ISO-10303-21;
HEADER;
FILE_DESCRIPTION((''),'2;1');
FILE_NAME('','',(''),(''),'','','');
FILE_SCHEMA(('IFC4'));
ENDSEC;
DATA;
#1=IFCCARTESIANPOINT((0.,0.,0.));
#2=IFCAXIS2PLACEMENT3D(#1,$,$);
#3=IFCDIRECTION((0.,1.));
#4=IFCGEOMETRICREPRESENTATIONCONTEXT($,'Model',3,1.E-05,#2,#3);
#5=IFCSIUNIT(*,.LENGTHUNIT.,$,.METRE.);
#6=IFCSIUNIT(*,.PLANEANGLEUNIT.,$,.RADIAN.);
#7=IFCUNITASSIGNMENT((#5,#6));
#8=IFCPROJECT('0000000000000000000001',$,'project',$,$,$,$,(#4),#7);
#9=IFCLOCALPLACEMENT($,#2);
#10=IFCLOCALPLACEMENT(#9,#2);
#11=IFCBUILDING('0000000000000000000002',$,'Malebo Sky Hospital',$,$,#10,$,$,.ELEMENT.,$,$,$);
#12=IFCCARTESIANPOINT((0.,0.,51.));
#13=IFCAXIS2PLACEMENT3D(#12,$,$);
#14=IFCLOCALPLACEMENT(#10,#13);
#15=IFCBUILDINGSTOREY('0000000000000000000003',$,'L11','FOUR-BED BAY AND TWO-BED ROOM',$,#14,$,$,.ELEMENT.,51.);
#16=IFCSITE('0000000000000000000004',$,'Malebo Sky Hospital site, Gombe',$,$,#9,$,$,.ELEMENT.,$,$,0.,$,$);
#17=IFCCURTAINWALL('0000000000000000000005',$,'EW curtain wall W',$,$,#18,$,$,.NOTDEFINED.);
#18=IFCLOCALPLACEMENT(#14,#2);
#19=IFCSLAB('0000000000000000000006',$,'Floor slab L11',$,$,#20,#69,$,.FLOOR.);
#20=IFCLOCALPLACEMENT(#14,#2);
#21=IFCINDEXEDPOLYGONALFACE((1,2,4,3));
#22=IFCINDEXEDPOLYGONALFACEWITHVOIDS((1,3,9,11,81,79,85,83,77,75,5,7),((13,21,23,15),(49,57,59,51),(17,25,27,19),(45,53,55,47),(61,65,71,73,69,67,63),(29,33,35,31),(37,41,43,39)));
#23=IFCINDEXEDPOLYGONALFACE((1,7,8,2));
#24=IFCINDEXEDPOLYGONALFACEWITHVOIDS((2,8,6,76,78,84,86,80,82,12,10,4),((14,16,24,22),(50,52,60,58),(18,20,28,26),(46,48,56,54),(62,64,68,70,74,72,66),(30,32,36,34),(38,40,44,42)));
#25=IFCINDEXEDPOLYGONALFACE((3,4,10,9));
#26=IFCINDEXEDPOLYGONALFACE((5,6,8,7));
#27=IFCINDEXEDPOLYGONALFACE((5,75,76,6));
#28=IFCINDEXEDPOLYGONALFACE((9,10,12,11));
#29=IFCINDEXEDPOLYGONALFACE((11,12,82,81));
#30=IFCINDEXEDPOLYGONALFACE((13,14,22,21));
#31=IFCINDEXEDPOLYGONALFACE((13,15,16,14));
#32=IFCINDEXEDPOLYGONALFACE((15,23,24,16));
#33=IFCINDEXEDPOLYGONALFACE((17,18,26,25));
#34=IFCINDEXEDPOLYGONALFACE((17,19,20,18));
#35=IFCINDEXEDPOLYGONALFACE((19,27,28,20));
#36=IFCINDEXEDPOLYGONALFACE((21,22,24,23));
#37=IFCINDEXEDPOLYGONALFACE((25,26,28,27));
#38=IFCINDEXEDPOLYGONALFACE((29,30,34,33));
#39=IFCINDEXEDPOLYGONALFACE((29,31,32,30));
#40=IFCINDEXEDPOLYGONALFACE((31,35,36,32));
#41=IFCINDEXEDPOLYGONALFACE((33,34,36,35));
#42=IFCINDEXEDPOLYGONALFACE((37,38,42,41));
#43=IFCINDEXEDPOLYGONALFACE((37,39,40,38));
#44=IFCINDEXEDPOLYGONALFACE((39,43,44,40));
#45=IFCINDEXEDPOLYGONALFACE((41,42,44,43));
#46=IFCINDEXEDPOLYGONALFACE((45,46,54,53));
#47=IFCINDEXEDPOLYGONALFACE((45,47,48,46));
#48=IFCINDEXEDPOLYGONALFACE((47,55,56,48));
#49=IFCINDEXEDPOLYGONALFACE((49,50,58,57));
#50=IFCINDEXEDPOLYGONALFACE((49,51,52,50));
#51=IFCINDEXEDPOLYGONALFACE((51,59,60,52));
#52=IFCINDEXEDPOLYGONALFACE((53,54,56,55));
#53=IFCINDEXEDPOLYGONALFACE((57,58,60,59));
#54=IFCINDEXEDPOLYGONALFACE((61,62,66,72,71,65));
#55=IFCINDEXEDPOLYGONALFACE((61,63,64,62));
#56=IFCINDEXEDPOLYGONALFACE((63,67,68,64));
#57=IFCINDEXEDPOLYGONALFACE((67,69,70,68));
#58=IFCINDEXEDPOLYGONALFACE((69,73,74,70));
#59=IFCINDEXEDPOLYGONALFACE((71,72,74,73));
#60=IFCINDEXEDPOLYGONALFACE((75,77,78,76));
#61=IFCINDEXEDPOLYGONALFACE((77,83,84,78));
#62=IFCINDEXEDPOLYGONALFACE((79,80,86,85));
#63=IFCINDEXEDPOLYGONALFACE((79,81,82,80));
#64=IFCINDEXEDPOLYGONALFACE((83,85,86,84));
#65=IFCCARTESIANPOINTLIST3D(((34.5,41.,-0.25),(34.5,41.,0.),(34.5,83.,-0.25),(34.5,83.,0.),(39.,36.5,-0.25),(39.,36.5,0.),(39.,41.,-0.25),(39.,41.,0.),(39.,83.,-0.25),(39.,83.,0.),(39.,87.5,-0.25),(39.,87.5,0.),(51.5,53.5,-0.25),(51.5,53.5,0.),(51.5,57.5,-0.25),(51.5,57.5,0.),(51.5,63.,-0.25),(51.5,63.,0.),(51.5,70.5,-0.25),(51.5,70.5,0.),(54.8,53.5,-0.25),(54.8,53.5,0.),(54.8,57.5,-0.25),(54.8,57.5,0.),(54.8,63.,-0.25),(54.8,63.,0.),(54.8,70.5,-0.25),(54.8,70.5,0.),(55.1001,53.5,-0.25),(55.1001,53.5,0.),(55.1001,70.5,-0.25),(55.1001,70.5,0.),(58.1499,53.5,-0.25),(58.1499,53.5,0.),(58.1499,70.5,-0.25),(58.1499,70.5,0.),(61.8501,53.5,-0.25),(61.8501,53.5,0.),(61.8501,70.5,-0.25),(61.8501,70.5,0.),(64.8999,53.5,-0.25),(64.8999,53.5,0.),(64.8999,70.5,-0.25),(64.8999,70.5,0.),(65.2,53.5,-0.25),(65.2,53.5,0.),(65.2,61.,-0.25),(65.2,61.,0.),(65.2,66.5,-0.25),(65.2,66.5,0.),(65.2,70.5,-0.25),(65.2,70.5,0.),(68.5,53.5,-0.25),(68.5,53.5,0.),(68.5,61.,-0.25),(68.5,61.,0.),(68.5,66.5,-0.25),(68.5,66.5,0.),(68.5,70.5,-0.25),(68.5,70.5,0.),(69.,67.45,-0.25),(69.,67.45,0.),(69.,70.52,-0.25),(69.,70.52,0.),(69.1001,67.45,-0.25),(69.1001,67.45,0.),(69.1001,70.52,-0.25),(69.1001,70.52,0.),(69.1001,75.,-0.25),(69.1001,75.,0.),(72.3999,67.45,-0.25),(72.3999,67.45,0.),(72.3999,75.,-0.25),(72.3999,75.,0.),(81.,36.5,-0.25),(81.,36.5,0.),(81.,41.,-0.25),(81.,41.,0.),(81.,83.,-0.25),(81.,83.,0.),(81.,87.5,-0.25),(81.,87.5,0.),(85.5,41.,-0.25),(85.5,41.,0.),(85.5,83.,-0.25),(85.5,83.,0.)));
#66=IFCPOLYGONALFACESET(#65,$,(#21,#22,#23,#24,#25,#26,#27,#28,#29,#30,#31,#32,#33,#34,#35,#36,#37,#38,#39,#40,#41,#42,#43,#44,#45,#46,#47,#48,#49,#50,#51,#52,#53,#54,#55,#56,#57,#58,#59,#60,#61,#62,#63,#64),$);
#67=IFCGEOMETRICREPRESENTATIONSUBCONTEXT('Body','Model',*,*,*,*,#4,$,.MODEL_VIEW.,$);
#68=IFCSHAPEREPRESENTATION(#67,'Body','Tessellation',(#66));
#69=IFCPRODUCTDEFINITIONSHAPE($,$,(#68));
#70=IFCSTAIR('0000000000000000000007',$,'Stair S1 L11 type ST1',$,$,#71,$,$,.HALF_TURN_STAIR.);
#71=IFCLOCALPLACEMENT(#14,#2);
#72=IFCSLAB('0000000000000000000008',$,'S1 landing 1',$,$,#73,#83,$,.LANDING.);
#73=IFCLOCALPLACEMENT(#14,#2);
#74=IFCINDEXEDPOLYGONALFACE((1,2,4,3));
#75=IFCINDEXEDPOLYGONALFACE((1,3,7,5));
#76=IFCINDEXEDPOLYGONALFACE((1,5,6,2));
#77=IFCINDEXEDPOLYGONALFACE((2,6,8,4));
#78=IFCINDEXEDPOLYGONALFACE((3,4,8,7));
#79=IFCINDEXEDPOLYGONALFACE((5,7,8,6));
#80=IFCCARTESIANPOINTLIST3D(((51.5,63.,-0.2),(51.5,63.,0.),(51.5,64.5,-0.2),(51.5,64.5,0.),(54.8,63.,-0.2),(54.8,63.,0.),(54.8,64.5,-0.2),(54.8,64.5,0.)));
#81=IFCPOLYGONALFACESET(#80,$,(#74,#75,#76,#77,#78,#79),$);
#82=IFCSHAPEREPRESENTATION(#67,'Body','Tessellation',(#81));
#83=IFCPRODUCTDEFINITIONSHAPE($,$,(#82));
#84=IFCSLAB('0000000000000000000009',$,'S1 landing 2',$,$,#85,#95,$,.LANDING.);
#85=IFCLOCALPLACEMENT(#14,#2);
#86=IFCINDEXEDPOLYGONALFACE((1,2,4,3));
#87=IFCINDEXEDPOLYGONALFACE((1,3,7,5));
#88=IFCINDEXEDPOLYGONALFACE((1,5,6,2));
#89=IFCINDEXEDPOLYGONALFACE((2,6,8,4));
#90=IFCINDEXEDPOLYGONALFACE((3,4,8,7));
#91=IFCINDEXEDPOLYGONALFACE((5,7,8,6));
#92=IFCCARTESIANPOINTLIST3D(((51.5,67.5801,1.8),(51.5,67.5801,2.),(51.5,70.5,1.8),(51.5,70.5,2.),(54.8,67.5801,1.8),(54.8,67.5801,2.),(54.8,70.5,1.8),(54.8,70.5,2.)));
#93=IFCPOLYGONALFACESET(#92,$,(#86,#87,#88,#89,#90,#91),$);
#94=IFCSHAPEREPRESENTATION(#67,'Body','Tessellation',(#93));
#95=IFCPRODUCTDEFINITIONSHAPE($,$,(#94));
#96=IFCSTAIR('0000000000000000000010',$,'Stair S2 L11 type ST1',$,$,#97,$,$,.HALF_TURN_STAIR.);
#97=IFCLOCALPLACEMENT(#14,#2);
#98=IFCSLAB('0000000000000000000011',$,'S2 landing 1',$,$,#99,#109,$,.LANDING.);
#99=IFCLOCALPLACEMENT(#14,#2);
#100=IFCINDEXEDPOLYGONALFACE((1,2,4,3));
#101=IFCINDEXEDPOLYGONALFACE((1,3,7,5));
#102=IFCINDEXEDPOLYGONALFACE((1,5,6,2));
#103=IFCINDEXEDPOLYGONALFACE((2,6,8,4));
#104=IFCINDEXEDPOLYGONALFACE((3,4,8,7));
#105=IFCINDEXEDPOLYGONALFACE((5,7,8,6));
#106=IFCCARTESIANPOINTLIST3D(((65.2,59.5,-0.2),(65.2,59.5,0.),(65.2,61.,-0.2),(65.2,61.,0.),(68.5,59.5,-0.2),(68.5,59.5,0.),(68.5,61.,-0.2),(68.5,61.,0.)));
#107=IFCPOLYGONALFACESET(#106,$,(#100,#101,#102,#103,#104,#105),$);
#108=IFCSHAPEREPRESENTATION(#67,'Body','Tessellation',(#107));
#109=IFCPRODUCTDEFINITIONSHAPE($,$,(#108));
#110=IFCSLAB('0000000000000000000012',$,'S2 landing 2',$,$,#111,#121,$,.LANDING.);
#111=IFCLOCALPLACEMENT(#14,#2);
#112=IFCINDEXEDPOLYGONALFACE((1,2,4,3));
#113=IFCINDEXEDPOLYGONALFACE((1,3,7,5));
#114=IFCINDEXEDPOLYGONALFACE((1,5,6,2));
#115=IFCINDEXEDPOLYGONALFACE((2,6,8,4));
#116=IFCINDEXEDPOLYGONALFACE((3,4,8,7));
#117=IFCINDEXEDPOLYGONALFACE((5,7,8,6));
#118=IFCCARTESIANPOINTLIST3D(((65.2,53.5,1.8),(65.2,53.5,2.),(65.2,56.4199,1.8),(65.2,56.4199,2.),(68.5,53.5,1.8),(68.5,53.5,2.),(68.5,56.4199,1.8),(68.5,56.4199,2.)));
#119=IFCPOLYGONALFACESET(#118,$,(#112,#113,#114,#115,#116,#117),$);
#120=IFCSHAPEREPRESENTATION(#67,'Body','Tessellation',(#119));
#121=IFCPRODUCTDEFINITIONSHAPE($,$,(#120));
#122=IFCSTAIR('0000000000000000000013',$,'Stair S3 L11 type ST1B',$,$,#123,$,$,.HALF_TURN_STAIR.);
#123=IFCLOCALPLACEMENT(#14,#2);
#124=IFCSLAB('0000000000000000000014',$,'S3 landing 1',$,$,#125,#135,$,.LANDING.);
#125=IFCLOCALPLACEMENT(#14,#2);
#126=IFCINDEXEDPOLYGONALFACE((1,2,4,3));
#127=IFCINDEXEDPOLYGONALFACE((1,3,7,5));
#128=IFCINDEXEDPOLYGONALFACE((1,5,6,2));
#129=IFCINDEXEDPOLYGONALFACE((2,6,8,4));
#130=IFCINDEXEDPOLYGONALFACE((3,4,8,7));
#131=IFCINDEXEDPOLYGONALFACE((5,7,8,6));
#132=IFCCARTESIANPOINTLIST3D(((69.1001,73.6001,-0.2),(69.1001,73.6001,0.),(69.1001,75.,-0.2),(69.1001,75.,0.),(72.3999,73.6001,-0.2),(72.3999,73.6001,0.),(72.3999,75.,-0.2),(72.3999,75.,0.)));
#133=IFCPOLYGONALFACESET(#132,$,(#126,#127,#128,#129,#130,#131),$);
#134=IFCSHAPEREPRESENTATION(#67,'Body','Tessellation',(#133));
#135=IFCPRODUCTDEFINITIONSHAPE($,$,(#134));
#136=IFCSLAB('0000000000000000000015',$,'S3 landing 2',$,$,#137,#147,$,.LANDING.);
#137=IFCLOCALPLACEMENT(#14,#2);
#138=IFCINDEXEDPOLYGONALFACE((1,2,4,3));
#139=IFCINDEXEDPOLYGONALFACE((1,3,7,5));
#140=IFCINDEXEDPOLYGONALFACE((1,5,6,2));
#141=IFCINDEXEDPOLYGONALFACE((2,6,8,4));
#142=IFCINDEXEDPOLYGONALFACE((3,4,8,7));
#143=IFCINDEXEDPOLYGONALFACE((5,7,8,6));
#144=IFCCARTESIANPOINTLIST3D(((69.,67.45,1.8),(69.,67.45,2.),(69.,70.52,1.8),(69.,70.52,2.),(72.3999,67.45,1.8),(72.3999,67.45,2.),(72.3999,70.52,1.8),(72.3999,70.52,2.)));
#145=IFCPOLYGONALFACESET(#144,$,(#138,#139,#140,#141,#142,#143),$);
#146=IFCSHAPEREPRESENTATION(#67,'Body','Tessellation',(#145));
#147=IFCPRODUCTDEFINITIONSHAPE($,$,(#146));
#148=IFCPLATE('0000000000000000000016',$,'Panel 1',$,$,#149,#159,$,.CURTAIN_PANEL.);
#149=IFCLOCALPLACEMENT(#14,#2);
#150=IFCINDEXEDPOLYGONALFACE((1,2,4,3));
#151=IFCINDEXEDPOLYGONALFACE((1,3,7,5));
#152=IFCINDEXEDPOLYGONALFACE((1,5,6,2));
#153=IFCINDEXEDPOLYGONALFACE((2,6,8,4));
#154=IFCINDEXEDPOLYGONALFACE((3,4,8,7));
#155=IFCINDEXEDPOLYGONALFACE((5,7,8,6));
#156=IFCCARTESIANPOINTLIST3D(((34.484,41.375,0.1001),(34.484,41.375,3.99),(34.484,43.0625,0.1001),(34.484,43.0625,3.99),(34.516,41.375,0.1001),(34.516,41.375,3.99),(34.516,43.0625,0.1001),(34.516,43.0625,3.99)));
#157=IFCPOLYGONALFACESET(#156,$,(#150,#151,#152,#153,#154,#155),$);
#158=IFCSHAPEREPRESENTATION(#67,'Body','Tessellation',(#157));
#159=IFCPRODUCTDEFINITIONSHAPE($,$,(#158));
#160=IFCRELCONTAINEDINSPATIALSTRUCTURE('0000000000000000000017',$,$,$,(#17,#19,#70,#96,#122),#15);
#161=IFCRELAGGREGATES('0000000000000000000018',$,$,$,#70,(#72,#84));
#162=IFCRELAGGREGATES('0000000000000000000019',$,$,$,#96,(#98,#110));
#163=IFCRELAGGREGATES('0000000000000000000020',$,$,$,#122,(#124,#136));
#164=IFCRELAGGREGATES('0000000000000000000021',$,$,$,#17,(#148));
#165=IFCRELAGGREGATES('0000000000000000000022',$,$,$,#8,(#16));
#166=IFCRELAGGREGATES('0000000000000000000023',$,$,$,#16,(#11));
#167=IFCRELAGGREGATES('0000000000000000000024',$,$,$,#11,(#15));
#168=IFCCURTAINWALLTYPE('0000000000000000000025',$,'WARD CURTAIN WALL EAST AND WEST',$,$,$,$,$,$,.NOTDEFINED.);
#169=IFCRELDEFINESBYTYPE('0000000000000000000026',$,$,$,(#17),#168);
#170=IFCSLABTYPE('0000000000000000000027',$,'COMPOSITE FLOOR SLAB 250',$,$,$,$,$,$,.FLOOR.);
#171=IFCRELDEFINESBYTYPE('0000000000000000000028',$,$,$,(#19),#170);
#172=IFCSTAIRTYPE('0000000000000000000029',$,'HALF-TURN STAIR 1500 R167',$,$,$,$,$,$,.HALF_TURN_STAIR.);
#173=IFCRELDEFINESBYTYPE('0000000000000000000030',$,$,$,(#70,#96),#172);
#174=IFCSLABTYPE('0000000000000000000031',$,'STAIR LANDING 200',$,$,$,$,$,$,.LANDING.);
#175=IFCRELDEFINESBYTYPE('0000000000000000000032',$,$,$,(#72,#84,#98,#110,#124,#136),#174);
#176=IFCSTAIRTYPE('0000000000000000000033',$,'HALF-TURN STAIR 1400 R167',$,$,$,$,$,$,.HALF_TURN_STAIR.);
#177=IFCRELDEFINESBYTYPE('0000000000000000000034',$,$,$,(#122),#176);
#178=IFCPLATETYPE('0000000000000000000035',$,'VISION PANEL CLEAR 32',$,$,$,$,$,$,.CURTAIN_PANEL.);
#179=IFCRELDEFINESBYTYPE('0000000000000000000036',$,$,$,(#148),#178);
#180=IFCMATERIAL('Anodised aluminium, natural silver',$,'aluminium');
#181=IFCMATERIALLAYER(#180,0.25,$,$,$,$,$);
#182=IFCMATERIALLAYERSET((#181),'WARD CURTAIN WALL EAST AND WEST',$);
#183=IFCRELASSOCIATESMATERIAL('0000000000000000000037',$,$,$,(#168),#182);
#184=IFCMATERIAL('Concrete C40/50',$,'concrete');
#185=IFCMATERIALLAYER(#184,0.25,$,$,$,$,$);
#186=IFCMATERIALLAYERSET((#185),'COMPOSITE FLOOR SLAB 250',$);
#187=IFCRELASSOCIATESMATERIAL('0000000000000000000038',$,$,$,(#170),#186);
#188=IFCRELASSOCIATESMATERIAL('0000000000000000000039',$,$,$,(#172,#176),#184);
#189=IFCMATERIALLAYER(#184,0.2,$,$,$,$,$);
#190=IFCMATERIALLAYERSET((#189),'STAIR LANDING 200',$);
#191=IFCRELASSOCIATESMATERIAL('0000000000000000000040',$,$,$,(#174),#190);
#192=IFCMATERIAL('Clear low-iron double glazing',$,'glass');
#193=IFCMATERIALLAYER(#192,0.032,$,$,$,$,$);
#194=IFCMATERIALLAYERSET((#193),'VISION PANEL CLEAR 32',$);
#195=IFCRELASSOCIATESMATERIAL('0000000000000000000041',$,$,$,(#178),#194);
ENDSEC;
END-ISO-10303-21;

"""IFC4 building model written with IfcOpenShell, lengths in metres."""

from ifc_helpers import new_model, si_unit, direction, frame, origin, origin_2d, place, context, subcontext, project, spatial, polyline, rectangle, outline, extrude, material, layer, layer_set, type_object, element, aggregate, save


model = new_model("IFC4")

# Units and contexts
model_context = context("Model", 3, precision=1e-05, world=origin(), true_north=direction((0.0, 1.0)))
body_context = subcontext(model_context, "Body", "Model", "MODEL_VIEW")
ifc_project = project(units=[si_unit("LENGTHUNIT", "METRE"), si_unit("PLANEANGLEUNIT", "RADIAN")], contexts=[model_context])

# Site, building, storey
site_placement = place(None, origin())
site = spatial("IfcSite", under=ifc_project, at=site_placement, Name="Malebo Sky Hospital site, Gombe", CompositionType="ELEMENT", RefElevation=0.0)
building_placement = place(site_placement, origin())
building = spatial("IfcBuilding", under=site, at=building_placement, Name="Malebo Sky Hospital", CompositionType="ELEMENT")
storey_placement = place(building_placement, frame((0.0, 0.0, 51.0)))
storey = spatial("IfcBuildingStorey", under=building, at=storey_placement, Name="L11", Description="FOUR-BED BAY AND TWO-BED ROOM", CompositionType="ELEMENT", Elevation=51.0)

# Curtain wall
ifc_material_1 = material(Name="Anodised aluminium, natural silver", Category="aluminium")
ifc_layer_1 = layer(ifc_material_1, 0.25)
ifc_layer_set_1 = layer_set([ifc_layer_1], Name="WARD CURTAIN WALL EAST AND WEST")
curtain_wall_type = type_object("IfcCurtainWallType", Name="WARD CURTAIN WALL EAST AND WEST", PredefinedType="NOTDEFINED", material=ifc_layer_set_1)
curtain_wall_placement = place(storey_placement, origin())
curtain_wall = element("IfcCurtainWall", 1, at=curtain_wall_placement, inside=storey, type_object=curtain_wall_type, Name="EW curtain wall W", PredefinedType="NOTDEFINED")

# Slab
ifc_material_2 = material(Name="Concrete C40/50", Category="concrete")
ifc_layer_2 = layer(ifc_material_2, 0.25)
ifc_layer_set_2 = layer_set([ifc_layer_2], Name="COMPOSITE FLOOR SLAB 250")
slab_type_1 = type_object("IfcSlabType", Name="COMPOSITE FLOOR SLAB 250", PredefinedType="FLOOR", material=ifc_layer_set_2)
slab_1_placement = place(storey_placement, frame((0.0, 0.0, -0.25)))
element("IfcSlab", 2, at=slab_1_placement, inside=storey, type_object=slab_type_1, Name="Floor slab L11", PredefinedType="FLOOR", context=body_context, shape_type="SweptSolid", body=[
    extrude(outline(polyline([(39.0, 87.5), (39.0, 83.0), (34.5, 83.0), (34.5, 41.0), (39.0, 41.0), (39.0, 36.5), (81.0, 36.5), (81.0, 41.0), (85.5, 41.0), (85.5, 83.0), (81.0, 83.0), (81.0, 87.5), (39.0, 87.5)]), holes=[polyline([(55.1001, 70.5), (58.1499, 70.5), (58.1499, 53.5), (55.1001, 53.5), (55.1001, 70.5)]), polyline([(64.8999, 70.5), (64.8999, 53.5), (61.8501, 53.5), (61.8501, 70.5), (64.8999, 70.5)]), polyline([(54.8, 63.0), (51.5, 63.0), (51.5, 70.5), (54.8, 70.5), (54.8, 63.0)]), polyline([(51.5, 53.5), (51.5, 57.5), (54.8, 57.5), (54.8, 53.5), (51.5, 53.5)]), polyline([(65.2, 61.0), (68.5, 61.0), (68.5, 53.5), (65.2, 53.5), (65.2, 61.0)]), polyline([(68.5, 70.5), (68.5, 66.5), (65.2, 66.5), (65.2, 70.5), (68.5, 70.5)]), polyline([(69.0, 67.45), (69.0, 70.52), (69.1001, 70.52), (69.1001, 75.0), (72.3999, 75.0), (72.3999, 67.45), (69.1001, 67.45), (69.0, 67.45)])]), origin(), (0.0, 0.0, 1.0), 0.25),
])

# Stairs, slabs
stair_type_1 = type_object("IfcStairType", Name="HALF-TURN STAIR 1500 R167", PredefinedType="HALF_TURN_STAIR", material=ifc_material_2)
stair_1_placement = place(storey_placement, origin())
stair_1 = element("IfcStair", 3, at=stair_1_placement, inside=storey, type_object=stair_type_1, Name="Stair S1 L11 type ST1", PredefinedType="HALF_TURN_STAIR")
ifc_layer_3 = layer(ifc_material_2, 0.2)
ifc_layer_set_3 = layer_set([ifc_layer_3], Name="STAIR LANDING 200")
slab_type_2 = type_object("IfcSlabType", Name="STAIR LANDING 200", PredefinedType="LANDING", material=ifc_layer_set_3)
slab_2_placement = place(storey_placement, frame((0.0, 0.0, -0.2)))
slab_2 = element("IfcSlab", 4, at=slab_2_placement, type_object=slab_type_2, Name="S1 landing 1", PredefinedType="LANDING", context=body_context, shape_type="SweptSolid", body=[
    extrude(outline(polyline([(51.5, 63.0), (54.8, 63.0), (54.8, 64.5), (51.5, 64.5), (51.5, 63.0)])), origin(), (0.0, 0.0, 1.0), 0.2),
])
slab_3_placement = place(storey_placement, frame((0.0, 0.0, 1.8)))
slab_3 = element("IfcSlab", 5, at=slab_3_placement, type_object=slab_type_2, Name="S1 landing 2", PredefinedType="LANDING", context=body_context, shape_type="SweptSolid", body=[
    extrude(outline(polyline([(51.5, 67.5801), (54.8, 67.5801), (54.8, 70.5), (51.5, 70.5), (51.5, 67.5801)])), origin(), (0.0, 0.0, 1.0), 0.2),
])
aggregate(stair_1, [slab_2, slab_3])
stair_2_placement = place(storey_placement, origin())
stair_2 = element("IfcStair", 6, at=stair_2_placement, inside=storey, type_object=stair_type_1, Name="Stair S2 L11 type ST1", PredefinedType="HALF_TURN_STAIR")
slab_4_placement = place(storey_placement, frame((0.0, 0.0, -0.2)))
slab_4 = element("IfcSlab", 7, at=slab_4_placement, type_object=slab_type_2, Name="S2 landing 1", PredefinedType="LANDING", context=body_context, shape_type="SweptSolid", body=[
    extrude(outline(polyline([(65.2, 59.5), (68.5, 59.5), (68.5, 61.0), (65.2, 61.0), (65.2, 59.5)])), origin(), (0.0, 0.0, 1.0), 0.2),
])
slab_5_placement = place(storey_placement, frame((0.0, 0.0, 1.8)))
slab_5 = element("IfcSlab", 8, at=slab_5_placement, type_object=slab_type_2, Name="S2 landing 2", PredefinedType="LANDING", context=body_context, shape_type="SweptSolid", body=[
    extrude(outline(polyline([(65.2, 53.5), (68.5, 53.5), (68.5, 56.4199), (65.2, 56.4199), (65.2, 53.5)])), origin(), (0.0, 0.0, 1.0), 0.2),
])
aggregate(stair_2, [slab_4, slab_5])
stair_type_2 = type_object("IfcStairType", Name="HALF-TURN STAIR 1400 R167", PredefinedType="HALF_TURN_STAIR", material=ifc_material_2)
stair_3_placement = place(storey_placement, origin())
stair_3 = element("IfcStair", 9, at=stair_3_placement, inside=storey, type_object=stair_type_2, Name="Stair S3 L11 type ST1B", PredefinedType="HALF_TURN_STAIR")
slab_6_placement = place(storey_placement, frame((0.0, 0.0, -0.2)))
slab_6 = element("IfcSlab", 10, at=slab_6_placement, type_object=slab_type_2, Name="S3 landing 1", PredefinedType="LANDING", context=body_context, shape_type="SweptSolid", body=[
    extrude(outline(polyline([(69.1001, 73.6001), (72.3999, 73.6001), (72.3999, 75.0), (69.1001, 75.0), (69.1001, 73.6001)])), origin(), (0.0, 0.0, 1.0), 0.2),
])
slab_7_placement = place(storey_placement, frame((0.0, 0.0, 1.8)))
slab_7 = element("IfcSlab", 11, at=slab_7_placement, type_object=slab_type_2, Name="S3 landing 2", PredefinedType="LANDING", context=body_context, shape_type="SweptSolid", body=[
    extrude(outline(polyline([(69.0, 67.45), (72.3999, 67.45), (72.3999, 70.52), (69.0, 70.52), (69.0, 67.45)])), origin(), (0.0, 0.0, 1.0), 0.2),
])
aggregate(stair_3, [slab_6, slab_7])

# Plate
ifc_material_3 = material(Name="Clear low-iron double glazing", Category="glass")
ifc_layer_4 = layer(ifc_material_3, 0.032)
ifc_layer_set_4 = layer_set([ifc_layer_4], Name="VISION PANEL CLEAR 32")
plate_type = type_object("IfcPlateType", Name="VISION PANEL CLEAR 32", PredefinedType="CURTAIN_PANEL", material=ifc_layer_set_4)
plate_placement = place(storey_placement, frame((34.5, 42.2188, 0.1001), z_axis=(0.0, 0.0, 1.0), x_axis=(0.0, 1.0, 0.0)))
plate = element("IfcPlate", 12, at=plate_placement, type_object=plate_type, Name="Panel 1", PredefinedType="CURTAIN_PANEL", context=body_context, shape_type="SweptSolid", body=[
    extrude(rectangle(XDim=1.6875, YDim=0.032, at=origin_2d()), origin(), (0.0, 0.0, 1.0), 3.8899),
])
aggregate(curtain_wall, [plate])

save(model, "model.ifc")
